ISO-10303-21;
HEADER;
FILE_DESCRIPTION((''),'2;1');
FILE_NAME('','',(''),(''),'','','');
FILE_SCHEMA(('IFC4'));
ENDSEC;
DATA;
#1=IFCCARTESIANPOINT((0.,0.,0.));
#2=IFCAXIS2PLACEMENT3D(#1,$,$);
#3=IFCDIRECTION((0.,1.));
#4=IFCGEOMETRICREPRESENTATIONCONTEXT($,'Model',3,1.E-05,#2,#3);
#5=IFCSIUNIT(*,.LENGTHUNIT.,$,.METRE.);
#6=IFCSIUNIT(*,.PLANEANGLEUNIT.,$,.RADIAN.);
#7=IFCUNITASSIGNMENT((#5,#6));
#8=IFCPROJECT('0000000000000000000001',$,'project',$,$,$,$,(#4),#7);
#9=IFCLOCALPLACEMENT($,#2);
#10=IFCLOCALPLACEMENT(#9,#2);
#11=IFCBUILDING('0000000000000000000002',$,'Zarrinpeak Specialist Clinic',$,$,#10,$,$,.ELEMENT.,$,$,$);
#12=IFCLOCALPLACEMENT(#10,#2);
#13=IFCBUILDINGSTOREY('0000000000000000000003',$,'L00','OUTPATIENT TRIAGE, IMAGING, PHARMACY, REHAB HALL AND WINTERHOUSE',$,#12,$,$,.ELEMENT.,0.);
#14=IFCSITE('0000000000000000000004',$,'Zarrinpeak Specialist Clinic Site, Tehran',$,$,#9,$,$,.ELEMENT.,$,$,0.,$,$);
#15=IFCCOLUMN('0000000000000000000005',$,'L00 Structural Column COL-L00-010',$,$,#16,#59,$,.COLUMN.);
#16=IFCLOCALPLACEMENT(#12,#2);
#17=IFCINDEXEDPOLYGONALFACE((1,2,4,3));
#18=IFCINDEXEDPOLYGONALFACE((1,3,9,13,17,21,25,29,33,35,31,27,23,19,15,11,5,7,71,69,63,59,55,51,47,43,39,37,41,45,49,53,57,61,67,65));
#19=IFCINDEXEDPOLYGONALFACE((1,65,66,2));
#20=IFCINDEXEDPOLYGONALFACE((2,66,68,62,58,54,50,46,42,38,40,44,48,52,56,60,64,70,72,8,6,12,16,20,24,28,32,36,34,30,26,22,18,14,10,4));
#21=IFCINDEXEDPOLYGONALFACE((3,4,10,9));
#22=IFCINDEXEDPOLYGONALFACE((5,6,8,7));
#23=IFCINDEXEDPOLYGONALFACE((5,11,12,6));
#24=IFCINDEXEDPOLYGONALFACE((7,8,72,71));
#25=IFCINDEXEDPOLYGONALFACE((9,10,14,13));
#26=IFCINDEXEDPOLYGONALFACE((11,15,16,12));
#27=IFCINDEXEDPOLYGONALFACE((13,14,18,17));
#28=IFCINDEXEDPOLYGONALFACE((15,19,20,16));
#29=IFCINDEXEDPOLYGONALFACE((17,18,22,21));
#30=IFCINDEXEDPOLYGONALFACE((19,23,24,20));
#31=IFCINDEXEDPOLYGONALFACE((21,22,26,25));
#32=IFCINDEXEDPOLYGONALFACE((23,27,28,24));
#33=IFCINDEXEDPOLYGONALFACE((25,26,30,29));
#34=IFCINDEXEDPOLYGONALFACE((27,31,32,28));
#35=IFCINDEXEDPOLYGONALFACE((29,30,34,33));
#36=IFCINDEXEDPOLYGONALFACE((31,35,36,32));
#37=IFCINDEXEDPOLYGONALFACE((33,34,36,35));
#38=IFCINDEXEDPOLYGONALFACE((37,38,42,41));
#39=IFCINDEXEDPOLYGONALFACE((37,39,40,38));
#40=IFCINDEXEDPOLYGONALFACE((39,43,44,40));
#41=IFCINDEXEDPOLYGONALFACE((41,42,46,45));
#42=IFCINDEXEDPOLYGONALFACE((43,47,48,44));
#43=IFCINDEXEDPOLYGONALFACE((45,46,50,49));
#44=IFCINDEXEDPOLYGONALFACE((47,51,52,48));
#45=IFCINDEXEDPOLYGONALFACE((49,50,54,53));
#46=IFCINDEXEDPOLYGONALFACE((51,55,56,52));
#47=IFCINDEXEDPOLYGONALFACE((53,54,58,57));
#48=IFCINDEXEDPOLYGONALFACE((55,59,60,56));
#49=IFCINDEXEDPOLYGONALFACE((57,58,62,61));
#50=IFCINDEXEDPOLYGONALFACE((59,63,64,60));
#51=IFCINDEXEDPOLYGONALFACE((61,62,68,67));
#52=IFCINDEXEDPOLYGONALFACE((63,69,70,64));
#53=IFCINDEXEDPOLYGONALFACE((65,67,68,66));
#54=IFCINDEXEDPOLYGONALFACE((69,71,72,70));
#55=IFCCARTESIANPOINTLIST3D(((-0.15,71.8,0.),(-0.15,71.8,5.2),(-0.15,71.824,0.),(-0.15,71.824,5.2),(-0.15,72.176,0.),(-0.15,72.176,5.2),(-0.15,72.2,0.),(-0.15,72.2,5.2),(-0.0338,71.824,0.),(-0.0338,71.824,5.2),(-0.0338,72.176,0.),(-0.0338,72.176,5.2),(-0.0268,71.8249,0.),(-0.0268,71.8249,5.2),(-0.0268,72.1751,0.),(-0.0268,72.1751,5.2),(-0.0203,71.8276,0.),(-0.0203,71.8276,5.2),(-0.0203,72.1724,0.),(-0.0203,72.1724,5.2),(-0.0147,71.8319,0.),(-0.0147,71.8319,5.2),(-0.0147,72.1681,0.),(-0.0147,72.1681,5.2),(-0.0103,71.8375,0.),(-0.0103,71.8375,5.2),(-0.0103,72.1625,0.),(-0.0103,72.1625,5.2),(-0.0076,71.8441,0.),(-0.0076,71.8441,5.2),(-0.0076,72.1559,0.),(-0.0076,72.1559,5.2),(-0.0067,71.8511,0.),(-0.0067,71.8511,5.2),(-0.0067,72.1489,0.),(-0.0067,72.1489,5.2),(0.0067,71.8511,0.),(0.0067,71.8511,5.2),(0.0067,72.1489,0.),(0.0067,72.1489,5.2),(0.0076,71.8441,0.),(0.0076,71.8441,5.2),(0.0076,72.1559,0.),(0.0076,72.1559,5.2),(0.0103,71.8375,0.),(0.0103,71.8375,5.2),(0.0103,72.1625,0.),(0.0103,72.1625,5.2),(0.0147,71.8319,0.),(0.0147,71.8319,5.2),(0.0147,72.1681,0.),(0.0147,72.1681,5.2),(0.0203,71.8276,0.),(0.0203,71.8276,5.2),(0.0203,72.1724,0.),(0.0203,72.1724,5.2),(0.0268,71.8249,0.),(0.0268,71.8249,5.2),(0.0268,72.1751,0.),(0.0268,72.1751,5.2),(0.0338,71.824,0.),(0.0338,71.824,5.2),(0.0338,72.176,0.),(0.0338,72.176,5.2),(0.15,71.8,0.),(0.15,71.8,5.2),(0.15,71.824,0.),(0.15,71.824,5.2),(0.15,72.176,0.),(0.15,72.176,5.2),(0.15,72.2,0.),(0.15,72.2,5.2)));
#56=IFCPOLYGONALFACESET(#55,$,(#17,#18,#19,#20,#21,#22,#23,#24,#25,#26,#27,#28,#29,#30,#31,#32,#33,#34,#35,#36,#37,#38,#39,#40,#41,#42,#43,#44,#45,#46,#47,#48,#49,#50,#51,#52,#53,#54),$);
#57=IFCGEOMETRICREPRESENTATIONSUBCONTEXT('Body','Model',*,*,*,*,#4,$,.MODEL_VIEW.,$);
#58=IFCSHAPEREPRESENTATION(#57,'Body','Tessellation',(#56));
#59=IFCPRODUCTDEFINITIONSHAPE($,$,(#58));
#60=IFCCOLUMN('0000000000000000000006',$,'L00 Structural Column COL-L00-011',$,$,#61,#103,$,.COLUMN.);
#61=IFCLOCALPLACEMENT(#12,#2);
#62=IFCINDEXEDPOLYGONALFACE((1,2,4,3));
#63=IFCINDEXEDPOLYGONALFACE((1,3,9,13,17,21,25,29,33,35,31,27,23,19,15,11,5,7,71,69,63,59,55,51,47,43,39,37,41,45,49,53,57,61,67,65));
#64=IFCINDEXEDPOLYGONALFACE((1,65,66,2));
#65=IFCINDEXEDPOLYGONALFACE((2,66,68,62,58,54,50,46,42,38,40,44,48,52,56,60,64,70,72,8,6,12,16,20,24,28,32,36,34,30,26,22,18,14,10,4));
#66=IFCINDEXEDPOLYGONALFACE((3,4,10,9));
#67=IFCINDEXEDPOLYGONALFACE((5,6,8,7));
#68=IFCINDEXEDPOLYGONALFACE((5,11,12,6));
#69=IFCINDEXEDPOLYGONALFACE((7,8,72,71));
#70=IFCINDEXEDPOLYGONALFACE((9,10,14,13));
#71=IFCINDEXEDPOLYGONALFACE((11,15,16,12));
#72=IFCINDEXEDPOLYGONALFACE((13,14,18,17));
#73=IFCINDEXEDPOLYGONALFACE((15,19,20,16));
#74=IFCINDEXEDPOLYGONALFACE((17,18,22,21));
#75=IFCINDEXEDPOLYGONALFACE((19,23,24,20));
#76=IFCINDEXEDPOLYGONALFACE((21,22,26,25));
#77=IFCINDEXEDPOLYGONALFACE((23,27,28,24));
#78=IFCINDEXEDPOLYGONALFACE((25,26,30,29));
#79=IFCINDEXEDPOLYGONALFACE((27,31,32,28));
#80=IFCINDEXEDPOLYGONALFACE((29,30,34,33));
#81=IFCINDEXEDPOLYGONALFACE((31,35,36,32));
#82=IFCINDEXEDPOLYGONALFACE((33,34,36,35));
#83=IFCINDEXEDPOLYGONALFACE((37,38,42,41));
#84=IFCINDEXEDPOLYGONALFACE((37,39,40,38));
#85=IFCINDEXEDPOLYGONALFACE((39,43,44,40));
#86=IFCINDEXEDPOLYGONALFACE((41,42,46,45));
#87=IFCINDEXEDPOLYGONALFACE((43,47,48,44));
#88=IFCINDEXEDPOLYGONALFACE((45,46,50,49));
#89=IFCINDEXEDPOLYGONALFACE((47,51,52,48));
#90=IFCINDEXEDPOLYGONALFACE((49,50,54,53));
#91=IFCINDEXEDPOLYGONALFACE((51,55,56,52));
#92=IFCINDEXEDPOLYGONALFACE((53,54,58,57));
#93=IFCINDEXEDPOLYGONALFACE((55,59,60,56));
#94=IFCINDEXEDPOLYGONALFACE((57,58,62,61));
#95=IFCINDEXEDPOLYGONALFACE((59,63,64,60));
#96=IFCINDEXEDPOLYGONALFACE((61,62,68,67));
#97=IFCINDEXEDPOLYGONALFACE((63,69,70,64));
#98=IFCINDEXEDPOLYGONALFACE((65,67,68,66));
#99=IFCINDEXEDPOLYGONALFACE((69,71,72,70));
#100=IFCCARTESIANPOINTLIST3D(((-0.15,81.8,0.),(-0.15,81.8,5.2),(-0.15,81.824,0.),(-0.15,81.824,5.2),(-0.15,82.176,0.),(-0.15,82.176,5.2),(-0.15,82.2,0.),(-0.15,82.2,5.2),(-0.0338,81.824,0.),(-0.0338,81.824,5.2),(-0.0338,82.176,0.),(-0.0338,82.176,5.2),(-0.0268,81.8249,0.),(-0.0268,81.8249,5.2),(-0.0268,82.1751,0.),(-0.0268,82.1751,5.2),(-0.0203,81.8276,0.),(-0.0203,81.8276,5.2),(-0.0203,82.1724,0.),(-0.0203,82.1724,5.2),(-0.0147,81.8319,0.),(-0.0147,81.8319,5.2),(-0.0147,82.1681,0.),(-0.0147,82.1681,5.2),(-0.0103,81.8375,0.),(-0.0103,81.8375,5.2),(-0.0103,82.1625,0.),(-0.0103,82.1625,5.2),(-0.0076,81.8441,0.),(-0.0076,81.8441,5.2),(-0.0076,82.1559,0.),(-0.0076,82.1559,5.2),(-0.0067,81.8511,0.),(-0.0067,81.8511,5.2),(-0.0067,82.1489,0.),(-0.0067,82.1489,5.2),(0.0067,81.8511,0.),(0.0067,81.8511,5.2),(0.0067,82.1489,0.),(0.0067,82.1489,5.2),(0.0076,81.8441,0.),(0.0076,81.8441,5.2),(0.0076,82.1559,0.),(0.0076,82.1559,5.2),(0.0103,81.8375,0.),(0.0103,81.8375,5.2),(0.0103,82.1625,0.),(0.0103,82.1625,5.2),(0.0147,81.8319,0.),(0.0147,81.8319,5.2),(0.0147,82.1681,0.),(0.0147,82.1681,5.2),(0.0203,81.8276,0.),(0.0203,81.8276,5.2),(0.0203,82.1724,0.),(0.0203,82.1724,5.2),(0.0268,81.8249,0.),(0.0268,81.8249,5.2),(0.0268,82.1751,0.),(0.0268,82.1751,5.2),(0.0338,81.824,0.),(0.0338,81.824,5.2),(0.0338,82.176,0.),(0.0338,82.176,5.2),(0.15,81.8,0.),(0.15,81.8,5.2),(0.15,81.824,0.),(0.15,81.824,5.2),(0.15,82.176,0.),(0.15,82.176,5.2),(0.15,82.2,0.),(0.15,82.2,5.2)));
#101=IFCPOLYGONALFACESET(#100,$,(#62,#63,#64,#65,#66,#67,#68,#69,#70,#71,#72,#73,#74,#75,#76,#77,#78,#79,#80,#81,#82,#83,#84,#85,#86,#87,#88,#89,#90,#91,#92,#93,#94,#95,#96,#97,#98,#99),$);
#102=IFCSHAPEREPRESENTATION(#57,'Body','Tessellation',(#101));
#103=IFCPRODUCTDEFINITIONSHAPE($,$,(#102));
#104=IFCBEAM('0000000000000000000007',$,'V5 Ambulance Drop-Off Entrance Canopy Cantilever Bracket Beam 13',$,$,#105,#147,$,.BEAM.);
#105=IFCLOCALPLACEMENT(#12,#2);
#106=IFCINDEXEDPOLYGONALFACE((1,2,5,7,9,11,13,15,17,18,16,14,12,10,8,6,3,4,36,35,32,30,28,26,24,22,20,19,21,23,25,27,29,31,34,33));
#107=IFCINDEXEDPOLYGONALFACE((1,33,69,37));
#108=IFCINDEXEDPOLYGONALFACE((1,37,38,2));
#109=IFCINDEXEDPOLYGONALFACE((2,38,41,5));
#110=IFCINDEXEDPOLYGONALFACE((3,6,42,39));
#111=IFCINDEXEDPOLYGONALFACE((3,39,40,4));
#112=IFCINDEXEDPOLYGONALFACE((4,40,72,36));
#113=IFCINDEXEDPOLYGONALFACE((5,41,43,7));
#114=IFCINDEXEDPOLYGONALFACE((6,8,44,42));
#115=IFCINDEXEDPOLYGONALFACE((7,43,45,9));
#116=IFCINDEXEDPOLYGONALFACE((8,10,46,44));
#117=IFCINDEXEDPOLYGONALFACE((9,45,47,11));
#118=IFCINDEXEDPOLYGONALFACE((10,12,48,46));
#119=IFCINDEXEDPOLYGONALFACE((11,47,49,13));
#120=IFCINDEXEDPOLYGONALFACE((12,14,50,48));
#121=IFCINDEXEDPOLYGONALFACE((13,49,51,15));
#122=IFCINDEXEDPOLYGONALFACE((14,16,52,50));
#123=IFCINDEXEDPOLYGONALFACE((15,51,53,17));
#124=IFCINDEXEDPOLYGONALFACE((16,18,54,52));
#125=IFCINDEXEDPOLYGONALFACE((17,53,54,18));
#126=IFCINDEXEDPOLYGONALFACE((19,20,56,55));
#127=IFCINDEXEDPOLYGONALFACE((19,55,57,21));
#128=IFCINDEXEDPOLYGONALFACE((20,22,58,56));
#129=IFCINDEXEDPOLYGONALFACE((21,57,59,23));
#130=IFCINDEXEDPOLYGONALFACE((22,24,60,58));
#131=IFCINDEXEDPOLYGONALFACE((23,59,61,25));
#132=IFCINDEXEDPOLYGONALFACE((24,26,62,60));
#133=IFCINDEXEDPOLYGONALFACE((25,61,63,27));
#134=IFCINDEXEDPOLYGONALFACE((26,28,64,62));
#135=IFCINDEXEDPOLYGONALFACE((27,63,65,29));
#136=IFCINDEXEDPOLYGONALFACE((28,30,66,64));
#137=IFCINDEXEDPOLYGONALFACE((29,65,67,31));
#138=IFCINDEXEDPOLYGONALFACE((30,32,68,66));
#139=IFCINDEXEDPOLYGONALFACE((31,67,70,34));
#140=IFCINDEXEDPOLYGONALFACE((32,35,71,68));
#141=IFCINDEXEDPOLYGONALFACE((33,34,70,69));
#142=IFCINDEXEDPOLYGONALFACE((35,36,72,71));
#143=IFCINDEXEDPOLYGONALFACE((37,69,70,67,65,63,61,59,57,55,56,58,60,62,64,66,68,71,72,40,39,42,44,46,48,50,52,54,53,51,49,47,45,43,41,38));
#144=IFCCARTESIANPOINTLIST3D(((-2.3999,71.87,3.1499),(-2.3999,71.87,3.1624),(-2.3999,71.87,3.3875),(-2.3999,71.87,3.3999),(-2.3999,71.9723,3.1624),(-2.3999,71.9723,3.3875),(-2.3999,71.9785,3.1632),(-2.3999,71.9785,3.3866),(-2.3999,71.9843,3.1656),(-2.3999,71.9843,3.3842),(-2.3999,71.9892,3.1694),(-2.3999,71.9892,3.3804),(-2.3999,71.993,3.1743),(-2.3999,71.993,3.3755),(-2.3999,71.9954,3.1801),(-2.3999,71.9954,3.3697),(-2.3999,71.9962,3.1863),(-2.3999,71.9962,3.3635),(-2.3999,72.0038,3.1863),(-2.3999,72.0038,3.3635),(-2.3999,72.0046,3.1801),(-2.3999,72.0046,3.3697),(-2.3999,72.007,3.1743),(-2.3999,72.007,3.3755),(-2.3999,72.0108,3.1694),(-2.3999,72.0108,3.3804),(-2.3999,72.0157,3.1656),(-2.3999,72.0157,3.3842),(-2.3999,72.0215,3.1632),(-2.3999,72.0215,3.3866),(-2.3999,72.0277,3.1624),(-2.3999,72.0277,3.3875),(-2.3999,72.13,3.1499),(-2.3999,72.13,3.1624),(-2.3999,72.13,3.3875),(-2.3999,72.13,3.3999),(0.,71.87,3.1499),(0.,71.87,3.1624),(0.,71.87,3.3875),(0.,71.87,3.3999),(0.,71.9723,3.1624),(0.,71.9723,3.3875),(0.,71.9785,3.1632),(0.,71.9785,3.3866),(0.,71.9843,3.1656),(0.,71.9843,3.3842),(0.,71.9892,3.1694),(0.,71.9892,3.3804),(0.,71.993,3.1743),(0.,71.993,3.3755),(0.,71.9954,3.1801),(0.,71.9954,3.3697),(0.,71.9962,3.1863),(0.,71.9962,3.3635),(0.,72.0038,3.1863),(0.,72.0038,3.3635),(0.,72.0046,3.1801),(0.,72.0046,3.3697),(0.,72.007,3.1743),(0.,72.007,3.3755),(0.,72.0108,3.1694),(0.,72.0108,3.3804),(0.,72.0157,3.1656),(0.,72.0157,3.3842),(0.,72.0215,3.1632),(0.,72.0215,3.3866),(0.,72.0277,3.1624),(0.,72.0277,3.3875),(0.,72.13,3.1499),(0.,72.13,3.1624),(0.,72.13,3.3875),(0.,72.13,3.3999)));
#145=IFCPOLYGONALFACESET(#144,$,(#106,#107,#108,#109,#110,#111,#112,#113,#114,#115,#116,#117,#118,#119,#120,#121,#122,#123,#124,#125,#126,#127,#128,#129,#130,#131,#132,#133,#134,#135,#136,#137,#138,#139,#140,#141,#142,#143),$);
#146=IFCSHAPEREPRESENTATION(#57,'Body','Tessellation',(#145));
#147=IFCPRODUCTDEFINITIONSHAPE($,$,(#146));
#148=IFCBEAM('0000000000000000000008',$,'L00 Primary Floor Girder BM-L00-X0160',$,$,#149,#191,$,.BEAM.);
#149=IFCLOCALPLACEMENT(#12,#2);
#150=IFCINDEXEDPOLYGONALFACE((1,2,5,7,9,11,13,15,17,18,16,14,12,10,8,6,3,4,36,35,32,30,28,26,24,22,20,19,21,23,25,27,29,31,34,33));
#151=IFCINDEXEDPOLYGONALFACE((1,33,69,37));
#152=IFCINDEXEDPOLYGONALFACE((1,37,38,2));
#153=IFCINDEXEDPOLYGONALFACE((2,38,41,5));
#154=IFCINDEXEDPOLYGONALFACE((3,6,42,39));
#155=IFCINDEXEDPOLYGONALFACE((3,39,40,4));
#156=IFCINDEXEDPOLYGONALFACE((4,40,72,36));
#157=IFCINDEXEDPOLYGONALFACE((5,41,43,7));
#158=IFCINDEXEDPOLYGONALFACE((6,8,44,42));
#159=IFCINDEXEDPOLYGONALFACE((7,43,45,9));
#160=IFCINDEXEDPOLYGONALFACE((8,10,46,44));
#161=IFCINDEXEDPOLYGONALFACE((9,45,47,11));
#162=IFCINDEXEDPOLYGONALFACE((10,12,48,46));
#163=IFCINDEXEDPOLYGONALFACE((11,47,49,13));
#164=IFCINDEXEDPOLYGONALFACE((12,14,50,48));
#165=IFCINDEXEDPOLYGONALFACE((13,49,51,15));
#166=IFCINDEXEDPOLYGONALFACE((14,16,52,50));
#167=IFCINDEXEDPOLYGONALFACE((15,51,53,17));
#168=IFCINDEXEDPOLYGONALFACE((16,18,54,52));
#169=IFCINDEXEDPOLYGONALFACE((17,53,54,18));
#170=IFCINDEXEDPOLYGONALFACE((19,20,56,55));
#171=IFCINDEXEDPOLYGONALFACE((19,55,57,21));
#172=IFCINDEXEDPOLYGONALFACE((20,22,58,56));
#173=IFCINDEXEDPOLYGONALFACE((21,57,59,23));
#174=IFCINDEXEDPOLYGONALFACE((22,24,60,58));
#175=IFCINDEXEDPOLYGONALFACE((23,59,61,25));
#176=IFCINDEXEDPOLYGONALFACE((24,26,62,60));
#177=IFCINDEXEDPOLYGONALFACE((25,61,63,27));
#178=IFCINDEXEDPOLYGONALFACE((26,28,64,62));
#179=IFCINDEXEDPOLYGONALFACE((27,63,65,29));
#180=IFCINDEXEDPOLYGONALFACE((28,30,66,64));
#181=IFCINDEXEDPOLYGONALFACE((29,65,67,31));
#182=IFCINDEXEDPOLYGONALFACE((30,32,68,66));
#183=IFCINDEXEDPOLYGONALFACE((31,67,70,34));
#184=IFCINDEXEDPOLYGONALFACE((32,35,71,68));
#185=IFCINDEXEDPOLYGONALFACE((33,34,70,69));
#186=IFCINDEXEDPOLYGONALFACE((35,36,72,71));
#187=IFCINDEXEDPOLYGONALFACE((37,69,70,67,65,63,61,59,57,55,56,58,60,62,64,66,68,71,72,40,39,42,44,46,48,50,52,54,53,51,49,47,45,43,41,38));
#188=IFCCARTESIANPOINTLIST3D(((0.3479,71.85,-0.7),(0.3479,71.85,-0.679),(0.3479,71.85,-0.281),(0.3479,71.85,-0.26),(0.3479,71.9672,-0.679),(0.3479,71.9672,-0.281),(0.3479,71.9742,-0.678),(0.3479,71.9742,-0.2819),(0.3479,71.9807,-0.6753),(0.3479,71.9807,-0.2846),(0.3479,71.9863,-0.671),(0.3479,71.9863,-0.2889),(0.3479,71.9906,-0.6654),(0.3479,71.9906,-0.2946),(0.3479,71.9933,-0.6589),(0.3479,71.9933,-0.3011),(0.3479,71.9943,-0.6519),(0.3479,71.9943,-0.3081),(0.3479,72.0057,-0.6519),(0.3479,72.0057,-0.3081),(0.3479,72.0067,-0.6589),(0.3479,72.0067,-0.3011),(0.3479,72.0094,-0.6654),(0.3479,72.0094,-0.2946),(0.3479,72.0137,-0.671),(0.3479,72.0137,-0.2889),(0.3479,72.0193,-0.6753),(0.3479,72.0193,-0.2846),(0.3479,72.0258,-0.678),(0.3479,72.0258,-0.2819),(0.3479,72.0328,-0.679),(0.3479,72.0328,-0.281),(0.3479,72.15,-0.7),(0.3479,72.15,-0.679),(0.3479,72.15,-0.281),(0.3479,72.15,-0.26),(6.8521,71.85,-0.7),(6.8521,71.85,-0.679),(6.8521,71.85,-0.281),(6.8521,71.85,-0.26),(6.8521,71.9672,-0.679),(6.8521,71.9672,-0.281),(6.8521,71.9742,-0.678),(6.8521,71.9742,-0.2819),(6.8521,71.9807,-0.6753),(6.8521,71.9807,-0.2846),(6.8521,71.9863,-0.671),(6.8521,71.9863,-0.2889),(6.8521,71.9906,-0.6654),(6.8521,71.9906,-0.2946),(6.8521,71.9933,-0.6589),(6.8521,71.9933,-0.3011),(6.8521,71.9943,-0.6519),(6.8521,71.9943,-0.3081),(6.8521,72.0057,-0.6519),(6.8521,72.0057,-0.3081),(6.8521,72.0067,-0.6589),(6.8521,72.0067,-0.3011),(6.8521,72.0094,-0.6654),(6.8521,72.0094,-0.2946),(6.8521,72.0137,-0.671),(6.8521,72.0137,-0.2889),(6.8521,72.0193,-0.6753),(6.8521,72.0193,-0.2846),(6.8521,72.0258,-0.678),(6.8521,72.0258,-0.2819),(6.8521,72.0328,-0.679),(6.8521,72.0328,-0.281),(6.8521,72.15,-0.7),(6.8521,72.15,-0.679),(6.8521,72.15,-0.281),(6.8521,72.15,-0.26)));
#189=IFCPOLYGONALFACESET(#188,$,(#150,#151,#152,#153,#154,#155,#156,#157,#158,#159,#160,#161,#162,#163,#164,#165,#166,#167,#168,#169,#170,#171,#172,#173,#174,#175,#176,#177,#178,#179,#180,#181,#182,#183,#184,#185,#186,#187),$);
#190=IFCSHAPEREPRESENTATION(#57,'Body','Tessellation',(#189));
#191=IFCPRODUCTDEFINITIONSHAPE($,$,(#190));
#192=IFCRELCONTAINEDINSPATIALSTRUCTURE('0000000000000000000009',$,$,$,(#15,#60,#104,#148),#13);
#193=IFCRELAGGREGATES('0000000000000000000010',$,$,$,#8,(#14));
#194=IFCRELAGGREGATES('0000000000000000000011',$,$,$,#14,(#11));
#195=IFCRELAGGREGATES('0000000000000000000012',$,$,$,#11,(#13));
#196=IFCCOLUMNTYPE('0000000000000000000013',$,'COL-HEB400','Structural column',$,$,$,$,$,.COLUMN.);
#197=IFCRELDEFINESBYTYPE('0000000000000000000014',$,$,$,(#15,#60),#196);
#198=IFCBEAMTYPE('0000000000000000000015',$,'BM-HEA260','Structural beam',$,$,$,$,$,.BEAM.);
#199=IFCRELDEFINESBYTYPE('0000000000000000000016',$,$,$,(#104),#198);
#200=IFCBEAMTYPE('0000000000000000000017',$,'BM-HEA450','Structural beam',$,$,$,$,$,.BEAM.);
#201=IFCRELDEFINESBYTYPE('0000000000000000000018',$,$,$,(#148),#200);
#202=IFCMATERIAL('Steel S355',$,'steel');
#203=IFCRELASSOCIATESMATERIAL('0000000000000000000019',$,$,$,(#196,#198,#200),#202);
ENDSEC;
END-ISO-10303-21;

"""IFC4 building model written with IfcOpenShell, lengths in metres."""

from ifc_helpers import new_model, si_unit, direction, frame, origin, origin_2d, place, context, subcontext, project, spatial, i_section, extrude, material, material_profile, profile_set, type_object, element, save


model = new_model("IFC4")

# Units and contexts
model_context = context("Model", 3, precision=1e-05, world=origin(), true_north=direction((0.0, 1.0)))
body_context = subcontext(model_context, "Body", "Model", "MODEL_VIEW")
ifc_project = project(units=[si_unit("LENGTHUNIT", "METRE"), si_unit("PLANEANGLEUNIT", "RADIAN")], contexts=[model_context])

# Site, building, storey
site_placement = place(None, origin())
site = spatial("IfcSite", under=ifc_project, at=site_placement, Name="Zarrinpeak Specialist Clinic Site, Tehran", CompositionType="ELEMENT", RefElevation=0.0)
building_placement = place(site_placement, origin())
building = spatial("IfcBuilding", under=site, at=building_placement, Name="Zarrinpeak Specialist Clinic", CompositionType="ELEMENT")
storey_placement = place(building_placement, origin())
storey = spatial("IfcBuildingStorey", under=building, at=storey_placement, Name="L00", Description="OUTPATIENT TRIAGE, IMAGING, PHARMACY, REHAB HALL AND WINTERHOUSE", CompositionType="ELEMENT", Elevation=0.0)

# Columns
ifc_material_1 = material(Name="Steel S355", Category="steel")
ifc_material_profile_1 = material_profile(ifc_material_1, i_section(OverallWidth=0.3, OverallDepth=0.3999, WebThickness=0.0134, FlangeThickness=0.0239, FilletRadius=0.0271, at=origin_2d()), Name="HEB 400")
ifc_profile_set_1 = profile_set([ifc_material_profile_1], Name="Steel S355")
column_type = type_object("IfcColumnType", Name="COL-HEB400", Description="Structural column", PredefinedType="COLUMN", material=ifc_profile_set_1)
for number, where, z_axis, x_axis, name in (
    (1, (0.0, 72.0, 0.0), (0.0, 0.0, 1.0), (1.0, 0.0, 0.0), "L00 Structural Column COL-L00-010"),
    (2, (0.0, 82.0, 0.0), (0.0, 0.0, 1.0), (1.0, 0.0, 0.0), "L00 Structural Column COL-L00-011"),
):
    element("IfcColumn", number, at=place(storey_placement, frame(where, z_axis=z_axis, x_axis=x_axis)), inside=storey, type_object=column_type, Name=name, PredefinedType="COLUMN", context=body_context, shape_type="SweptSolid", body=[
        extrude(i_section(OverallWidth=0.3, OverallDepth=0.3999, WebThickness=0.0134, FlangeThickness=0.0239, FilletRadius=0.0271, at=origin_2d()), origin(), (0.0, 0.0, 1.0), 5.2),
    ])

# Beams
ifc_material_profile_2 = material_profile(ifc_material_1, i_section(OverallWidth=0.26, OverallDepth=0.25, WebThickness=0.0076, FlangeThickness=0.0125, FilletRadius=0.0239, at=origin_2d()), Name="HEA 260")
ifc_profile_set_2 = profile_set([ifc_material_profile_2], Name="Steel S355")
beam_type_1 = type_object("IfcBeamType", Name="BM-HEA260", Description="Structural beam", PredefinedType="BEAM", material=ifc_profile_set_2)
beam_placement = place(storey_placement, frame((0.0, 72.0, 3.2749), z_axis=(-1.0, 0.0, 0.0), x_axis=(0.0, -1.0, 0.0)))
element("IfcBeam", 3, at=beam_placement, inside=storey, type_object=beam_type_1, Name="V5 Ambulance Drop-Off Entrance Canopy Cantilever Bracket Beam 13", PredefinedType="BEAM", context=body_context, shape_type="SweptSolid", body=[
    extrude(i_section(OverallWidth=0.26, OverallDepth=0.25, WebThickness=0.0076, FlangeThickness=0.0125, FilletRadius=0.0239, at=origin_2d()), origin(), (0.0, 0.0, 1.0), 2.3999),
])
ifc_material_profile_3 = material_profile(ifc_material_1, i_section(OverallWidth=0.3, OverallDepth=0.4399, WebThickness=0.0115, FlangeThickness=0.021, FilletRadius=0.0271, at=origin_2d()), Name="HEA 450")
ifc_profile_set_3 = profile_set([ifc_material_profile_3], Name="Steel S355")
beam_type_2 = type_object("IfcBeamType", Name="BM-HEA450", Description="Structural beam", PredefinedType="BEAM", material=ifc_profile_set_3)
for number, where, z_axis, x_axis, name in (
    (4, (0.3479, 72.0, -0.48), (1.0, 0.0, 0.0), (0.0, 1.0, 0.0), "L00 Primary Floor Girder BM-L00-X0160"),
):
    element("IfcBeam", number, at=place(storey_placement, frame(where, z_axis=z_axis, x_axis=x_axis)), inside=storey, type_object=beam_type_2, Name=name, PredefinedType="BEAM", context=body_context, shape_type="SweptSolid", body=[
        extrude(i_section(OverallWidth=0.3, OverallDepth=0.4399, WebThickness=0.0115, FlangeThickness=0.021, FilletRadius=0.0271, at=origin_2d()), origin(), (0.0, 0.0, 1.0), 6.5042),
    ])

save(model, "model.ifc")
